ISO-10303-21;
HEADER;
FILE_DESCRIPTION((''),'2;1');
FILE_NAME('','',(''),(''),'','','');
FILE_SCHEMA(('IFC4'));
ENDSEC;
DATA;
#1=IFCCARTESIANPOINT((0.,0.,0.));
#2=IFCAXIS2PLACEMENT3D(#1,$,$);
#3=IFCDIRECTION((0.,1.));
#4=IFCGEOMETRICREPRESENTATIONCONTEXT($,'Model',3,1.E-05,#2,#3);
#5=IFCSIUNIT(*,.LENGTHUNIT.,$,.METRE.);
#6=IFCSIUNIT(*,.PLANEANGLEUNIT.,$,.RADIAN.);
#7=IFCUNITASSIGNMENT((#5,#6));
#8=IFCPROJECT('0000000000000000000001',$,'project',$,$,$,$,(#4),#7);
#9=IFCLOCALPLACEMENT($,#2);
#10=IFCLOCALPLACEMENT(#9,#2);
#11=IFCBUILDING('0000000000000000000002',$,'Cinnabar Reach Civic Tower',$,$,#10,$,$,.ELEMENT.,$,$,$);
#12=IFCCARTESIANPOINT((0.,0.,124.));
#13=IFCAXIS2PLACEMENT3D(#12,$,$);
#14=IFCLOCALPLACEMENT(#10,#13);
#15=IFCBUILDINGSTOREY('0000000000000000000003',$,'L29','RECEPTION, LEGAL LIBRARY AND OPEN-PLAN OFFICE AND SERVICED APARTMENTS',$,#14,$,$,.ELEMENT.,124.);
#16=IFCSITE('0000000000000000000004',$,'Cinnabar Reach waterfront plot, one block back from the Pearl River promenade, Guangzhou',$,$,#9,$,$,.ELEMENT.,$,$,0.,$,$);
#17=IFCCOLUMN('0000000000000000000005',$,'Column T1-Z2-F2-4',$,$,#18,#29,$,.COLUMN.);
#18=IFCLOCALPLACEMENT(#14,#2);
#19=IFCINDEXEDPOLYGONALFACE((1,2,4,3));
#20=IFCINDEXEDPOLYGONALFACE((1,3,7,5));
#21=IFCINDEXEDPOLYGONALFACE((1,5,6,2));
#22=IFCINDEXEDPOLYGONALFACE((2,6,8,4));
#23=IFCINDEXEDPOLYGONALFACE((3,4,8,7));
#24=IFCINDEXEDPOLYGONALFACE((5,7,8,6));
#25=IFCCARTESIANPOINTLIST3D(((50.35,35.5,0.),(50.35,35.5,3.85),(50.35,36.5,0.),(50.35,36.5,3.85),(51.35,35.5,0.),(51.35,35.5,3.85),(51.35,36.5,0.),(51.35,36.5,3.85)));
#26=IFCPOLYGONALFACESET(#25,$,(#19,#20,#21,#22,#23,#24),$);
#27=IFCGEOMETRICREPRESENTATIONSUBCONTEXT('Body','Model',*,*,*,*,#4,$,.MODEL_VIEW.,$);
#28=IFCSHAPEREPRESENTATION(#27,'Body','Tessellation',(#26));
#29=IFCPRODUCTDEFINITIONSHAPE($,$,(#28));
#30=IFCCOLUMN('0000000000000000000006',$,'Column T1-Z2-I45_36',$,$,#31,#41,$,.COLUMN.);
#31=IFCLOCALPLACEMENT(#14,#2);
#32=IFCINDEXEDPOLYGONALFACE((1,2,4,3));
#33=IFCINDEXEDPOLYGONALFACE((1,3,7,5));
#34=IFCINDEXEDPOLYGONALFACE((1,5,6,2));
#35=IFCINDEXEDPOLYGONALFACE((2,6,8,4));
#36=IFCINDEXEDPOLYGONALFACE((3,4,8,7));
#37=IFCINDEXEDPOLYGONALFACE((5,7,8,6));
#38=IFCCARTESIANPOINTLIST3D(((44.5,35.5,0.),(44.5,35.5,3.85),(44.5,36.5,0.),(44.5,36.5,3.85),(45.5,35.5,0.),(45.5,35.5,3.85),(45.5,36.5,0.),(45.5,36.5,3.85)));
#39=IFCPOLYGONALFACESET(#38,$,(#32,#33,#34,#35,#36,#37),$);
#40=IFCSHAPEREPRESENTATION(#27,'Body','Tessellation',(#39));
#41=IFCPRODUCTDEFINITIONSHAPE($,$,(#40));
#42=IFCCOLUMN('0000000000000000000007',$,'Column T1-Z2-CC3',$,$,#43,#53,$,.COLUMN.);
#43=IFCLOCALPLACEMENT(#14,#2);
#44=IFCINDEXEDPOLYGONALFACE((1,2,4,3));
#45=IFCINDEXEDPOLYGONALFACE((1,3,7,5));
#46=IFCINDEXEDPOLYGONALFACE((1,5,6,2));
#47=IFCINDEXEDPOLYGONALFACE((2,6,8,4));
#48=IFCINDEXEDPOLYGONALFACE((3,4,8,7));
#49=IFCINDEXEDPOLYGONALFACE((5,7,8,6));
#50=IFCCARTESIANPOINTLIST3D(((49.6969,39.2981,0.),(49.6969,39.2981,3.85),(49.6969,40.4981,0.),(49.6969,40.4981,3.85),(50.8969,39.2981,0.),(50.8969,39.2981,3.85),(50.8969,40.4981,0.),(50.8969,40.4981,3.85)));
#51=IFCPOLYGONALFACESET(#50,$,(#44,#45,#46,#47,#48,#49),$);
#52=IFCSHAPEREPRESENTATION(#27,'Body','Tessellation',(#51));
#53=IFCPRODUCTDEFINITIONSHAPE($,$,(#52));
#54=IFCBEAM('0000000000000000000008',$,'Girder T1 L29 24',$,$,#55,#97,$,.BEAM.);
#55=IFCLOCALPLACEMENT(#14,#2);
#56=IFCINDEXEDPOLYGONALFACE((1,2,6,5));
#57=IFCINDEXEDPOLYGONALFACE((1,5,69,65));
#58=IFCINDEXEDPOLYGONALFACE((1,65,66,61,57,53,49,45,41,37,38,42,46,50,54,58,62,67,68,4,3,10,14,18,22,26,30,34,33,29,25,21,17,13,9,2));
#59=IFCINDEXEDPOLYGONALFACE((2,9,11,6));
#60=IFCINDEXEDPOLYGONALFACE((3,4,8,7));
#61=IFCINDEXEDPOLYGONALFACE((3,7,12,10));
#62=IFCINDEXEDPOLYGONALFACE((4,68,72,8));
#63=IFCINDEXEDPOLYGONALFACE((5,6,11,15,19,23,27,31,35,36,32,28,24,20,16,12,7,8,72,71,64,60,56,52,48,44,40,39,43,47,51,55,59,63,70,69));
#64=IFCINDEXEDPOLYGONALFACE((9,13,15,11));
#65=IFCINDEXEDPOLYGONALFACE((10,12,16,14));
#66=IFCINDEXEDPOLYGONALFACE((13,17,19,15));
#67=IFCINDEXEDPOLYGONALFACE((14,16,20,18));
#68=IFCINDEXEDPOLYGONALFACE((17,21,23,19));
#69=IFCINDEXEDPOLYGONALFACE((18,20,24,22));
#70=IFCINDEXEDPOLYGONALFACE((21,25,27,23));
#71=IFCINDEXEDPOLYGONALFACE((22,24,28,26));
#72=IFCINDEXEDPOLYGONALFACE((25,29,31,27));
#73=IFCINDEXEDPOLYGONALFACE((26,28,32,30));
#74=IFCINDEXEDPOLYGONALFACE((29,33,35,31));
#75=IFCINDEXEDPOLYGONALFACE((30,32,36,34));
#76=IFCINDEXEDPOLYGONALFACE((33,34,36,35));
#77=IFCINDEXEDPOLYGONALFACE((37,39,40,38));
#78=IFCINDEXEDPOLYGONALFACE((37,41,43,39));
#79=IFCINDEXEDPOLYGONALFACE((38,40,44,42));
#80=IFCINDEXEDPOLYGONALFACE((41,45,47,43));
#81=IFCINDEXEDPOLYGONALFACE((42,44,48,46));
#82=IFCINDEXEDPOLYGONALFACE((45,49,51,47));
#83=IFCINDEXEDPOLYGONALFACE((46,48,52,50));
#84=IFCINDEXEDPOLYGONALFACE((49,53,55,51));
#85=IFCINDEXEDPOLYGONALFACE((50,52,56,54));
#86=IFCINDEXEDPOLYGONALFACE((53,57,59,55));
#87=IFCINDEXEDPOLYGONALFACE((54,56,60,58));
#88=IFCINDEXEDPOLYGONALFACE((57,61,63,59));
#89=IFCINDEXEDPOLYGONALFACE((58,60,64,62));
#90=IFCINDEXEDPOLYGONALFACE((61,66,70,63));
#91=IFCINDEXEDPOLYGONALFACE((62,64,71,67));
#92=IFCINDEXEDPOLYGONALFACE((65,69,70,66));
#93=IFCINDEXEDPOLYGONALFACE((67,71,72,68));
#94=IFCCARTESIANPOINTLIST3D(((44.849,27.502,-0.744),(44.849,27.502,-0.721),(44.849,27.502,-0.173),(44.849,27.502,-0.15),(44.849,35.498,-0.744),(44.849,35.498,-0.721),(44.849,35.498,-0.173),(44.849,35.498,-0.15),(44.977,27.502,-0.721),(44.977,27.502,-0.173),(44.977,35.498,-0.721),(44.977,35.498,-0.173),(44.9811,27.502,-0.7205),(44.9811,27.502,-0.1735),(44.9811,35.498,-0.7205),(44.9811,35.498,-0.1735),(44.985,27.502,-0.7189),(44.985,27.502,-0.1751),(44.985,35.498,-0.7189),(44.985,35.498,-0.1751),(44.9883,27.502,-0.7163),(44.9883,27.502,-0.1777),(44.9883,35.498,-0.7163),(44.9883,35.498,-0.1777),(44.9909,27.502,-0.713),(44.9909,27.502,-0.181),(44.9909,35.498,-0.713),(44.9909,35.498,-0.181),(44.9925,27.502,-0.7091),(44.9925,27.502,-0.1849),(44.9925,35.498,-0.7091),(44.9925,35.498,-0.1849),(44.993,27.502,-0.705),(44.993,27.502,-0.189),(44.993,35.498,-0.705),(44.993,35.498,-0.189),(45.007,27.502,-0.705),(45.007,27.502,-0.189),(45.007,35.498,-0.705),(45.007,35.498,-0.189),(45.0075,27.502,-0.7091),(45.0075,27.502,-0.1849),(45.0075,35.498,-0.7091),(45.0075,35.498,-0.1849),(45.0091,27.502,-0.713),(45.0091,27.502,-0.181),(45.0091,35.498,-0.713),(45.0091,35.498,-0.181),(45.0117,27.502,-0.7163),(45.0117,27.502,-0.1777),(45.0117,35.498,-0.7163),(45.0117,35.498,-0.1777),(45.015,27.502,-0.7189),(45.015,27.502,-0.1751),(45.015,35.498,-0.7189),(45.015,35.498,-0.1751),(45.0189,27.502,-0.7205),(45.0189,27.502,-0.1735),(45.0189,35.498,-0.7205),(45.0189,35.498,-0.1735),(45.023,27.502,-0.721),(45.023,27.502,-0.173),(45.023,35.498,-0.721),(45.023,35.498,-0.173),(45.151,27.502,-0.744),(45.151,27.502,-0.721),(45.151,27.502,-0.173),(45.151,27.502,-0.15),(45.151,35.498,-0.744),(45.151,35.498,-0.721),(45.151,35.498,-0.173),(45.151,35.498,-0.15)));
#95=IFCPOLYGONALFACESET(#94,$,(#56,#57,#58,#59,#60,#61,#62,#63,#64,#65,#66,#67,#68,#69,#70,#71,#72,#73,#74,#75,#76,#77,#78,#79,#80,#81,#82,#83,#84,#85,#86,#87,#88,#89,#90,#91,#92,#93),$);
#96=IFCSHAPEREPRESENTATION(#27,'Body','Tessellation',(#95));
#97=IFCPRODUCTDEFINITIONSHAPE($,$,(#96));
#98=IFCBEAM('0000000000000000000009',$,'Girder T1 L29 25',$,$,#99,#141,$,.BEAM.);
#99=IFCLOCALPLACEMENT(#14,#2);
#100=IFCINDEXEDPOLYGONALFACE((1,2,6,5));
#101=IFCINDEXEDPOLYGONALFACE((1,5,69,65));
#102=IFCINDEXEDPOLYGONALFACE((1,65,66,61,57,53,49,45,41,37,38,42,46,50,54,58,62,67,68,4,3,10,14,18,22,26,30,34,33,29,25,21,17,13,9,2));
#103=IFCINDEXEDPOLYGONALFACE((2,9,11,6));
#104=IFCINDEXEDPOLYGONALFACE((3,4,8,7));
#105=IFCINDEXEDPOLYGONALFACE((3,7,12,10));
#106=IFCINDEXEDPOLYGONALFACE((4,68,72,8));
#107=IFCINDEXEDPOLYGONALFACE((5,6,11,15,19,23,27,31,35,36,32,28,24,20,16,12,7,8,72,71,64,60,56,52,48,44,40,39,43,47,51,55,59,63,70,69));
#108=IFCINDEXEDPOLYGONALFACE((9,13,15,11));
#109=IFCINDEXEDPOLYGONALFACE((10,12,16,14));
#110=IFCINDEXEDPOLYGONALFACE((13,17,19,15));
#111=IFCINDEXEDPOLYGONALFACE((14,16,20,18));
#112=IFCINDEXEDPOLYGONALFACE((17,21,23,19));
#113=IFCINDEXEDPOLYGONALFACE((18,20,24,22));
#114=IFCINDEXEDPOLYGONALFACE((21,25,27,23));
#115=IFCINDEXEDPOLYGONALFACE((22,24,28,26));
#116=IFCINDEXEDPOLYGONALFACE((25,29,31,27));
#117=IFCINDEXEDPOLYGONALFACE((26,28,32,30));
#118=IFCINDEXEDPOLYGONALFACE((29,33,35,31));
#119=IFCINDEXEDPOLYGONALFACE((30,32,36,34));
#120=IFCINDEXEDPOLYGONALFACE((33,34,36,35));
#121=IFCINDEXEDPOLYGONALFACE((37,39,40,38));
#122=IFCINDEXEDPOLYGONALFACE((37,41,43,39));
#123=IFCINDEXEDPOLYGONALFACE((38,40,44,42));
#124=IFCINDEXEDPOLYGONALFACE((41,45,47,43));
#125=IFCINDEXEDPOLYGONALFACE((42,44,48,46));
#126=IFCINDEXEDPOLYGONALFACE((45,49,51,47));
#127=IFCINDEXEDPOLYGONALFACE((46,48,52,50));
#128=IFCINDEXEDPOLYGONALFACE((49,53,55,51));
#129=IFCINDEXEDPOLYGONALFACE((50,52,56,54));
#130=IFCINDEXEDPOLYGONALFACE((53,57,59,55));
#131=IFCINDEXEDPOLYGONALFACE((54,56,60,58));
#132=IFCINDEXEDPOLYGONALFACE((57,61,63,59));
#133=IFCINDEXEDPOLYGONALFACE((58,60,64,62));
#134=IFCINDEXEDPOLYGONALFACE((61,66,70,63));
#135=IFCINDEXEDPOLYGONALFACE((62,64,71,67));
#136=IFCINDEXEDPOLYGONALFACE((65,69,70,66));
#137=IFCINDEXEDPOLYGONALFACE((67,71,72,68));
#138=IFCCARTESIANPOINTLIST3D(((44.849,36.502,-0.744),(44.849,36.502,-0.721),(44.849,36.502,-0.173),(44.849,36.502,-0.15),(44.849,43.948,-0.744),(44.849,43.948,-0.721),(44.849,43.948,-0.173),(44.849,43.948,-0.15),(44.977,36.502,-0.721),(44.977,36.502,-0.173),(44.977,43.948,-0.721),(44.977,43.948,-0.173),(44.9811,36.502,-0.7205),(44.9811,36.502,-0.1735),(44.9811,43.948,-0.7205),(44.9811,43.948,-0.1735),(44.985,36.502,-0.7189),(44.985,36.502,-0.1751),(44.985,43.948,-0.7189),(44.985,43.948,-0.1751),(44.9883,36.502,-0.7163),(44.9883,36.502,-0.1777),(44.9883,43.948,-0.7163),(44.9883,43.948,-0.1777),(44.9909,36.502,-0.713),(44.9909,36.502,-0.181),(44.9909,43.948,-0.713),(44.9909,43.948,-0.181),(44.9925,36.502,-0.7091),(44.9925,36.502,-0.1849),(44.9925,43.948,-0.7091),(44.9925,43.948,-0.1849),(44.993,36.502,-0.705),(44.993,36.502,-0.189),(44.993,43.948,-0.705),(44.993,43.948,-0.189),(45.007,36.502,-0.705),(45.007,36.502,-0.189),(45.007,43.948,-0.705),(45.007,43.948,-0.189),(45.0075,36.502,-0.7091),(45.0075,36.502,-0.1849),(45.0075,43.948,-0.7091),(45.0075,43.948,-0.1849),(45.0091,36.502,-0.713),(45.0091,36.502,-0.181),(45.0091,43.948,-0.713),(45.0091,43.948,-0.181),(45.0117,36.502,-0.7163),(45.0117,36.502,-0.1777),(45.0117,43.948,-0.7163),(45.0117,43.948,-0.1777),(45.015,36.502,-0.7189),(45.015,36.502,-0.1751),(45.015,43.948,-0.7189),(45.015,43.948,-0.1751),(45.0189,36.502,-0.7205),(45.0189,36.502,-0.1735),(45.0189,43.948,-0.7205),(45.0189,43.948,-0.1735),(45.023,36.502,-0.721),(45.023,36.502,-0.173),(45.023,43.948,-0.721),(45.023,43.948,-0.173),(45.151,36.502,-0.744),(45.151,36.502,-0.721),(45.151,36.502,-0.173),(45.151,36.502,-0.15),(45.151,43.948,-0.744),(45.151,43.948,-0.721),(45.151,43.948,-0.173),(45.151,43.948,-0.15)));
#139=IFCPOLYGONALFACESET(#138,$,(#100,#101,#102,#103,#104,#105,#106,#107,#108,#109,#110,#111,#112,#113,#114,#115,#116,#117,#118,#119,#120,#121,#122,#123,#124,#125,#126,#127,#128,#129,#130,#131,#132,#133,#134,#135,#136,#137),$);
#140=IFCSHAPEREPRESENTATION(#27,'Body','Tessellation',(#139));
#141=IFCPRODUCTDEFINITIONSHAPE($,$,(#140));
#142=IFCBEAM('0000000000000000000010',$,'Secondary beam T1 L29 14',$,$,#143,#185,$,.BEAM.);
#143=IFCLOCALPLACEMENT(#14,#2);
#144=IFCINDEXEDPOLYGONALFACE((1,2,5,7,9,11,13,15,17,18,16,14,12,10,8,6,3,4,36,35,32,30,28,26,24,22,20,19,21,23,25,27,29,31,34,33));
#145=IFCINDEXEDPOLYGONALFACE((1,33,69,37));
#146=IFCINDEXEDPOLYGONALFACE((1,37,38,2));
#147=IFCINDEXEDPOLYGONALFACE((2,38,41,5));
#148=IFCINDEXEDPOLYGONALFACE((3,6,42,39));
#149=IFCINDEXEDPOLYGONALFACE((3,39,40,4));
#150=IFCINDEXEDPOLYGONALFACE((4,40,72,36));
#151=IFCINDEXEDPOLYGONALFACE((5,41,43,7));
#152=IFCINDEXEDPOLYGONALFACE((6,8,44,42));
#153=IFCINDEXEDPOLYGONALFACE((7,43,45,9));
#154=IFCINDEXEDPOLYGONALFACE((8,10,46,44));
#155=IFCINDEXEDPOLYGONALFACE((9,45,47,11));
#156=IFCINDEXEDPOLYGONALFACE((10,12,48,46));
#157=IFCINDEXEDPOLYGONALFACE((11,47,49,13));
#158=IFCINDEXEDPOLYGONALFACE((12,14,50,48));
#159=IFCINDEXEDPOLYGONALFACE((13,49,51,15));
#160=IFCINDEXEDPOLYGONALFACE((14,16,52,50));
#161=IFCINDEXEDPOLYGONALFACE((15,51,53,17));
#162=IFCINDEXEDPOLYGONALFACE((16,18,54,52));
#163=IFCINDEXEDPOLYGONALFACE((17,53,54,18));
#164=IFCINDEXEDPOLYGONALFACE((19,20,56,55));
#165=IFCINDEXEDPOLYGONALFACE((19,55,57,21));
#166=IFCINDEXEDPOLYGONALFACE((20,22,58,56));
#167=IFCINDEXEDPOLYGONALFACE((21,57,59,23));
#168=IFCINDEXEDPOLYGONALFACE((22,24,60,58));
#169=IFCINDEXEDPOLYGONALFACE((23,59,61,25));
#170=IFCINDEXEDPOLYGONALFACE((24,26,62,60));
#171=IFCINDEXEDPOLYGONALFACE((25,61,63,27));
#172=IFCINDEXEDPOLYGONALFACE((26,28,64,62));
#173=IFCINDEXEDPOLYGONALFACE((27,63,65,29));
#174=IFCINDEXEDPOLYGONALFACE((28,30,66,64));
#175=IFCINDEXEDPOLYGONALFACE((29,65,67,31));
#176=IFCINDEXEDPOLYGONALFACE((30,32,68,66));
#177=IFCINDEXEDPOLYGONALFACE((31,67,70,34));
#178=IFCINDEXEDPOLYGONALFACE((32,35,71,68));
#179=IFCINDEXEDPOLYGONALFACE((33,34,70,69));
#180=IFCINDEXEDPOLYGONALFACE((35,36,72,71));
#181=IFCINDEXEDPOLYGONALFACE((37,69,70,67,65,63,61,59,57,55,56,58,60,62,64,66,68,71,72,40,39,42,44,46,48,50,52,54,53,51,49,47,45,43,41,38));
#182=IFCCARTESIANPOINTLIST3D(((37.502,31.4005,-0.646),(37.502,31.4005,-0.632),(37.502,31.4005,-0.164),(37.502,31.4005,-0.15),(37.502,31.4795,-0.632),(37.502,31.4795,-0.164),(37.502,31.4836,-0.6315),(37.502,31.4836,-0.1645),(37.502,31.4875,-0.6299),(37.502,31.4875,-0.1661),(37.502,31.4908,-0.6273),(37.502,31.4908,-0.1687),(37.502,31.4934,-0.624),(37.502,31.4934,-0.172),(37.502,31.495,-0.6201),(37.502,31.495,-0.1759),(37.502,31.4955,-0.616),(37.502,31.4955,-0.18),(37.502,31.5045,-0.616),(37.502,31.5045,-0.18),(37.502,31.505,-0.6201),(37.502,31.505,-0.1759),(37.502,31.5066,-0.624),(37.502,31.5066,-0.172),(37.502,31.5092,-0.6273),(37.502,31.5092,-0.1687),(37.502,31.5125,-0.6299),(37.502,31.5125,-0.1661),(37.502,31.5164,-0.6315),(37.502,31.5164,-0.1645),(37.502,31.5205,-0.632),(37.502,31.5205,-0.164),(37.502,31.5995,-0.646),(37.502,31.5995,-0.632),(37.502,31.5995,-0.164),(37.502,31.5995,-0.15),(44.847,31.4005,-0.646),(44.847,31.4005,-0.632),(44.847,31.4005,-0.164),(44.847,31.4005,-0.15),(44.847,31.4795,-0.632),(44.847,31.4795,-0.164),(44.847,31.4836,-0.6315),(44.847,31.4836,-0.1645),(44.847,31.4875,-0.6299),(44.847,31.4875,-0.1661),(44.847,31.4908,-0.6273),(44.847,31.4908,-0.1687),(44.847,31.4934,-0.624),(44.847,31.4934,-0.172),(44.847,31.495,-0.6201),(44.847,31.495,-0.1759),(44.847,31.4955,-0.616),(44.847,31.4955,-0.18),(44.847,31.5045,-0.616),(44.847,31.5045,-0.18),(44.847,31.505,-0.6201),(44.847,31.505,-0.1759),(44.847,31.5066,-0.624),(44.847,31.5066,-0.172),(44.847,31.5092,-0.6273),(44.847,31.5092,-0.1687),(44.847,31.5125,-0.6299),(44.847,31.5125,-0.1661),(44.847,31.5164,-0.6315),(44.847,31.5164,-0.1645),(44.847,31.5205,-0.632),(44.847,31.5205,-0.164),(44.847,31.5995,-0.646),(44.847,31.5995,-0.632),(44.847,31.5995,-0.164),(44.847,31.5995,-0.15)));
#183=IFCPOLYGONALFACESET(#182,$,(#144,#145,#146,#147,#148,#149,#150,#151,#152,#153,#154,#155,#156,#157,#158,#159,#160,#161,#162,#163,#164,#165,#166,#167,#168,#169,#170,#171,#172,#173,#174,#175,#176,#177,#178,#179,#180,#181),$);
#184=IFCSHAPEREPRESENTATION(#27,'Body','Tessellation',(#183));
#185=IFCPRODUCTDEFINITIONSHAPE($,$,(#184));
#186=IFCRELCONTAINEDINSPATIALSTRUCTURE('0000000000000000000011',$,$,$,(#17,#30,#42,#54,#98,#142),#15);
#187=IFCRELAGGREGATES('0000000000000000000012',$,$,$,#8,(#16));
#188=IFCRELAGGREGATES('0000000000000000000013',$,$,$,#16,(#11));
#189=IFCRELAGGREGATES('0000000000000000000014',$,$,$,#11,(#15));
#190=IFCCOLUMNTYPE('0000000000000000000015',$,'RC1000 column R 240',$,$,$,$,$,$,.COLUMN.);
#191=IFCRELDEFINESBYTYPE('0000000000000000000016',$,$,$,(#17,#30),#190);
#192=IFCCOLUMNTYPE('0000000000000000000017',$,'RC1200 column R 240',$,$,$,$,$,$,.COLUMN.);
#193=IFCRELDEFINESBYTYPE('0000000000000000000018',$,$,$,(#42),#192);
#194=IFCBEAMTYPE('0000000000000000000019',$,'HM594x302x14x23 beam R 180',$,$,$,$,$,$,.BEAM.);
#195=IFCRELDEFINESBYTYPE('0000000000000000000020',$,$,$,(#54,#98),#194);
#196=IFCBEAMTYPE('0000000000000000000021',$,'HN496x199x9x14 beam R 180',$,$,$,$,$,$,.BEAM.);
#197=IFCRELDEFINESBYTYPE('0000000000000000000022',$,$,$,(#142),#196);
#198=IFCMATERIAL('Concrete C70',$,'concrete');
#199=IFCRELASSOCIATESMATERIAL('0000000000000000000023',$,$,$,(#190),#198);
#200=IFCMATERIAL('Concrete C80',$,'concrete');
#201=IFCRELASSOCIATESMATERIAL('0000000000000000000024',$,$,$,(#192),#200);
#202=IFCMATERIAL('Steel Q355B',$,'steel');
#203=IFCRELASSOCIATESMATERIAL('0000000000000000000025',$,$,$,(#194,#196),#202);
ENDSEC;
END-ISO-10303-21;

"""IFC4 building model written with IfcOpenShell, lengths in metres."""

from ifc_helpers import new_model, si_unit, direction, frame, origin, origin_2d, place, context, subcontext, project, spatial, rectangle, i_section, extrude, material, material_profile, profile_set, type_object, element, save


model = new_model("IFC4")

# Units and contexts
model_context = context("Model", 3, precision=1e-05, world=origin(), true_north=direction((0.0, 1.0)))
body_context = subcontext(model_context, "Body", "Model", "MODEL_VIEW")
ifc_project = project(units=[si_unit("LENGTHUNIT", "METRE"), si_unit("PLANEANGLEUNIT", "RADIAN")], contexts=[model_context])

# Site, building, storey
site_placement = place(None, origin())
site = spatial("IfcSite", under=ifc_project, at=site_placement, Name="Cinnabar Reach waterfront plot, one block back from the Pearl River promenade, Guangzhou", CompositionType="ELEMENT", RefElevation=0.0)
building_placement = place(site_placement, origin())
building = spatial("IfcBuilding", under=site, at=building_placement, Name="Cinnabar Reach Civic Tower", CompositionType="ELEMENT")
storey_placement = place(building_placement, frame((0.0, 0.0, 124.0)))
storey = spatial("IfcBuildingStorey", under=building, at=storey_placement, Name="L29", Description="RECEPTION, LEGAL LIBRARY AND OPEN-PLAN OFFICE AND SERVICED APARTMENTS", CompositionType="ELEMENT", Elevation=124.0)

# Columns
ifc_material_1 = material(Name="Concrete C70", Category="concrete")
ifc_material_profile_1 = material_profile(ifc_material_1, rectangle(XDim=1.0, YDim=1.0, at=origin_2d()), Name="RC1000")
ifc_profile_set_1 = profile_set([ifc_material_profile_1], Name="Concrete C70")
column_type_1 = type_object("IfcColumnType", Name="RC1000 column R 240", PredefinedType="COLUMN", material=ifc_profile_set_1)
for number, where, z_axis, x_axis, name in (
    (1, (50.85, 36.0, 0.0), (0.0, 0.0, 1.0), (1.0, 0.0, 0.0), "Column T1-Z2-F2-4"),
    (2, (45.0, 36.0, 0.0), (0.0, 0.0, 1.0), (1.0, 0.0, 0.0), "Column T1-Z2-I45_36"),
):
    element("IfcColumn", number, at=place(storey_placement, frame(where, z_axis=z_axis, x_axis=x_axis)), inside=storey, type_object=column_type_1, Name=name, PredefinedType="COLUMN", context=body_context, shape_type="SweptSolid", body=[
        extrude(rectangle(XDim=1.0, YDim=1.0, at=origin_2d()), origin(), (0.0, 0.0, 1.0), 3.85),
    ])
ifc_material_2 = material(Name="Concrete C80", Category="concrete")
ifc_material_profile_2 = material_profile(ifc_material_2, rectangle(XDim=1.2, YDim=1.2, at=origin_2d()), Name="RC1200")
ifc_profile_set_2 = profile_set([ifc_material_profile_2], Name="Concrete C80")
column_type_2 = type_object("IfcColumnType", Name="RC1200 column R 240", PredefinedType="COLUMN", material=ifc_profile_set_2)
column_placement = place(storey_placement, frame((50.2969, 39.8981, 0.0), z_axis=(0.0, 0.0, 1.0), x_axis=(1.0, 0.0, 0.0)))
element("IfcColumn", 3, at=column_placement, inside=storey, type_object=column_type_2, Name="Column T1-Z2-CC3", PredefinedType="COLUMN", context=body_context, shape_type="SweptSolid", body=[
    extrude(rectangle(XDim=1.2, YDim=1.2, at=origin_2d()), origin(), (0.0, 0.0, 1.0), 3.85),
])

# Beams
ifc_material_3 = material(Name="Steel Q355B", Category="steel")
ifc_material_profile_3 = material_profile(ifc_material_3, i_section(OverallWidth=0.302, OverallDepth=0.594, WebThickness=0.014, FlangeThickness=0.023, FilletRadius=0.016, at=origin_2d()), Name="HM594x302x14x23")
ifc_profile_set_3 = profile_set([ifc_material_profile_3], Name="Steel Q355B")
beam_type_1 = type_object("IfcBeamType", Name="HM594x302x14x23 beam R 180", PredefinedType="BEAM", material=ifc_profile_set_3)
beam_1_placement = place(storey_placement, frame((45.0, 27.502, -0.447), z_axis=(0.0, 1.0, 0.0), x_axis=(-1.0, 0.0, 0.0)))
element("IfcBeam", 4, at=beam_1_placement, inside=storey, type_object=beam_type_1, Name="Girder T1 L29 24", PredefinedType="BEAM", context=body_context, shape_type="SweptSolid", body=[
    extrude(i_section(OverallWidth=0.302, OverallDepth=0.594, WebThickness=0.014, FlangeThickness=0.023, FilletRadius=0.016, at=origin_2d()), origin(), (0.0, 0.0, 1.0), 7.996),
])
beam_2_placement = place(storey_placement, frame((45.0, 36.502, -0.447), z_axis=(0.0, 1.0, 0.0), x_axis=(-1.0, 0.0, 0.0)))
element("IfcBeam", 5, at=beam_2_placement, inside=storey, type_object=beam_type_1, Name="Girder T1 L29 25", PredefinedType="BEAM", context=body_context, shape_type="SweptSolid", body=[
    extrude(i_section(OverallWidth=0.302, OverallDepth=0.594, WebThickness=0.014, FlangeThickness=0.023, FilletRadius=0.016, at=origin_2d()), origin(), (0.0, 0.0, 1.0), 7.446),
])
ifc_material_profile_4 = material_profile(ifc_material_3, i_section(OverallWidth=0.199, OverallDepth=0.496, WebThickness=0.009, FlangeThickness=0.014, FilletRadius=0.016, at=origin_2d()), Name="HN496x199x9x14")
ifc_profile_set_4 = profile_set([ifc_material_profile_4], Name="Steel Q355B")
beam_type_2 = type_object("IfcBeamType", Name="HN496x199x9x14 beam R 180", PredefinedType="BEAM", material=ifc_profile_set_4)
beam_3_placement = place(storey_placement, frame((37.502, 31.5, -0.398), z_axis=(1.0, 0.0, 0.0), x_axis=(0.0, 1.0, 0.0)))
element("IfcBeam", 6, at=beam_3_placement, inside=storey, type_object=beam_type_2, Name="Secondary beam T1 L29 14", PredefinedType="BEAM", context=body_context, shape_type="SweptSolid", body=[
    extrude(i_section(OverallWidth=0.199, OverallDepth=0.496, WebThickness=0.009, FlangeThickness=0.014, FilletRadius=0.016, at=origin_2d()), origin(), (0.0, 0.0, 1.0), 7.345),
])

save(model, "model.ifc")
